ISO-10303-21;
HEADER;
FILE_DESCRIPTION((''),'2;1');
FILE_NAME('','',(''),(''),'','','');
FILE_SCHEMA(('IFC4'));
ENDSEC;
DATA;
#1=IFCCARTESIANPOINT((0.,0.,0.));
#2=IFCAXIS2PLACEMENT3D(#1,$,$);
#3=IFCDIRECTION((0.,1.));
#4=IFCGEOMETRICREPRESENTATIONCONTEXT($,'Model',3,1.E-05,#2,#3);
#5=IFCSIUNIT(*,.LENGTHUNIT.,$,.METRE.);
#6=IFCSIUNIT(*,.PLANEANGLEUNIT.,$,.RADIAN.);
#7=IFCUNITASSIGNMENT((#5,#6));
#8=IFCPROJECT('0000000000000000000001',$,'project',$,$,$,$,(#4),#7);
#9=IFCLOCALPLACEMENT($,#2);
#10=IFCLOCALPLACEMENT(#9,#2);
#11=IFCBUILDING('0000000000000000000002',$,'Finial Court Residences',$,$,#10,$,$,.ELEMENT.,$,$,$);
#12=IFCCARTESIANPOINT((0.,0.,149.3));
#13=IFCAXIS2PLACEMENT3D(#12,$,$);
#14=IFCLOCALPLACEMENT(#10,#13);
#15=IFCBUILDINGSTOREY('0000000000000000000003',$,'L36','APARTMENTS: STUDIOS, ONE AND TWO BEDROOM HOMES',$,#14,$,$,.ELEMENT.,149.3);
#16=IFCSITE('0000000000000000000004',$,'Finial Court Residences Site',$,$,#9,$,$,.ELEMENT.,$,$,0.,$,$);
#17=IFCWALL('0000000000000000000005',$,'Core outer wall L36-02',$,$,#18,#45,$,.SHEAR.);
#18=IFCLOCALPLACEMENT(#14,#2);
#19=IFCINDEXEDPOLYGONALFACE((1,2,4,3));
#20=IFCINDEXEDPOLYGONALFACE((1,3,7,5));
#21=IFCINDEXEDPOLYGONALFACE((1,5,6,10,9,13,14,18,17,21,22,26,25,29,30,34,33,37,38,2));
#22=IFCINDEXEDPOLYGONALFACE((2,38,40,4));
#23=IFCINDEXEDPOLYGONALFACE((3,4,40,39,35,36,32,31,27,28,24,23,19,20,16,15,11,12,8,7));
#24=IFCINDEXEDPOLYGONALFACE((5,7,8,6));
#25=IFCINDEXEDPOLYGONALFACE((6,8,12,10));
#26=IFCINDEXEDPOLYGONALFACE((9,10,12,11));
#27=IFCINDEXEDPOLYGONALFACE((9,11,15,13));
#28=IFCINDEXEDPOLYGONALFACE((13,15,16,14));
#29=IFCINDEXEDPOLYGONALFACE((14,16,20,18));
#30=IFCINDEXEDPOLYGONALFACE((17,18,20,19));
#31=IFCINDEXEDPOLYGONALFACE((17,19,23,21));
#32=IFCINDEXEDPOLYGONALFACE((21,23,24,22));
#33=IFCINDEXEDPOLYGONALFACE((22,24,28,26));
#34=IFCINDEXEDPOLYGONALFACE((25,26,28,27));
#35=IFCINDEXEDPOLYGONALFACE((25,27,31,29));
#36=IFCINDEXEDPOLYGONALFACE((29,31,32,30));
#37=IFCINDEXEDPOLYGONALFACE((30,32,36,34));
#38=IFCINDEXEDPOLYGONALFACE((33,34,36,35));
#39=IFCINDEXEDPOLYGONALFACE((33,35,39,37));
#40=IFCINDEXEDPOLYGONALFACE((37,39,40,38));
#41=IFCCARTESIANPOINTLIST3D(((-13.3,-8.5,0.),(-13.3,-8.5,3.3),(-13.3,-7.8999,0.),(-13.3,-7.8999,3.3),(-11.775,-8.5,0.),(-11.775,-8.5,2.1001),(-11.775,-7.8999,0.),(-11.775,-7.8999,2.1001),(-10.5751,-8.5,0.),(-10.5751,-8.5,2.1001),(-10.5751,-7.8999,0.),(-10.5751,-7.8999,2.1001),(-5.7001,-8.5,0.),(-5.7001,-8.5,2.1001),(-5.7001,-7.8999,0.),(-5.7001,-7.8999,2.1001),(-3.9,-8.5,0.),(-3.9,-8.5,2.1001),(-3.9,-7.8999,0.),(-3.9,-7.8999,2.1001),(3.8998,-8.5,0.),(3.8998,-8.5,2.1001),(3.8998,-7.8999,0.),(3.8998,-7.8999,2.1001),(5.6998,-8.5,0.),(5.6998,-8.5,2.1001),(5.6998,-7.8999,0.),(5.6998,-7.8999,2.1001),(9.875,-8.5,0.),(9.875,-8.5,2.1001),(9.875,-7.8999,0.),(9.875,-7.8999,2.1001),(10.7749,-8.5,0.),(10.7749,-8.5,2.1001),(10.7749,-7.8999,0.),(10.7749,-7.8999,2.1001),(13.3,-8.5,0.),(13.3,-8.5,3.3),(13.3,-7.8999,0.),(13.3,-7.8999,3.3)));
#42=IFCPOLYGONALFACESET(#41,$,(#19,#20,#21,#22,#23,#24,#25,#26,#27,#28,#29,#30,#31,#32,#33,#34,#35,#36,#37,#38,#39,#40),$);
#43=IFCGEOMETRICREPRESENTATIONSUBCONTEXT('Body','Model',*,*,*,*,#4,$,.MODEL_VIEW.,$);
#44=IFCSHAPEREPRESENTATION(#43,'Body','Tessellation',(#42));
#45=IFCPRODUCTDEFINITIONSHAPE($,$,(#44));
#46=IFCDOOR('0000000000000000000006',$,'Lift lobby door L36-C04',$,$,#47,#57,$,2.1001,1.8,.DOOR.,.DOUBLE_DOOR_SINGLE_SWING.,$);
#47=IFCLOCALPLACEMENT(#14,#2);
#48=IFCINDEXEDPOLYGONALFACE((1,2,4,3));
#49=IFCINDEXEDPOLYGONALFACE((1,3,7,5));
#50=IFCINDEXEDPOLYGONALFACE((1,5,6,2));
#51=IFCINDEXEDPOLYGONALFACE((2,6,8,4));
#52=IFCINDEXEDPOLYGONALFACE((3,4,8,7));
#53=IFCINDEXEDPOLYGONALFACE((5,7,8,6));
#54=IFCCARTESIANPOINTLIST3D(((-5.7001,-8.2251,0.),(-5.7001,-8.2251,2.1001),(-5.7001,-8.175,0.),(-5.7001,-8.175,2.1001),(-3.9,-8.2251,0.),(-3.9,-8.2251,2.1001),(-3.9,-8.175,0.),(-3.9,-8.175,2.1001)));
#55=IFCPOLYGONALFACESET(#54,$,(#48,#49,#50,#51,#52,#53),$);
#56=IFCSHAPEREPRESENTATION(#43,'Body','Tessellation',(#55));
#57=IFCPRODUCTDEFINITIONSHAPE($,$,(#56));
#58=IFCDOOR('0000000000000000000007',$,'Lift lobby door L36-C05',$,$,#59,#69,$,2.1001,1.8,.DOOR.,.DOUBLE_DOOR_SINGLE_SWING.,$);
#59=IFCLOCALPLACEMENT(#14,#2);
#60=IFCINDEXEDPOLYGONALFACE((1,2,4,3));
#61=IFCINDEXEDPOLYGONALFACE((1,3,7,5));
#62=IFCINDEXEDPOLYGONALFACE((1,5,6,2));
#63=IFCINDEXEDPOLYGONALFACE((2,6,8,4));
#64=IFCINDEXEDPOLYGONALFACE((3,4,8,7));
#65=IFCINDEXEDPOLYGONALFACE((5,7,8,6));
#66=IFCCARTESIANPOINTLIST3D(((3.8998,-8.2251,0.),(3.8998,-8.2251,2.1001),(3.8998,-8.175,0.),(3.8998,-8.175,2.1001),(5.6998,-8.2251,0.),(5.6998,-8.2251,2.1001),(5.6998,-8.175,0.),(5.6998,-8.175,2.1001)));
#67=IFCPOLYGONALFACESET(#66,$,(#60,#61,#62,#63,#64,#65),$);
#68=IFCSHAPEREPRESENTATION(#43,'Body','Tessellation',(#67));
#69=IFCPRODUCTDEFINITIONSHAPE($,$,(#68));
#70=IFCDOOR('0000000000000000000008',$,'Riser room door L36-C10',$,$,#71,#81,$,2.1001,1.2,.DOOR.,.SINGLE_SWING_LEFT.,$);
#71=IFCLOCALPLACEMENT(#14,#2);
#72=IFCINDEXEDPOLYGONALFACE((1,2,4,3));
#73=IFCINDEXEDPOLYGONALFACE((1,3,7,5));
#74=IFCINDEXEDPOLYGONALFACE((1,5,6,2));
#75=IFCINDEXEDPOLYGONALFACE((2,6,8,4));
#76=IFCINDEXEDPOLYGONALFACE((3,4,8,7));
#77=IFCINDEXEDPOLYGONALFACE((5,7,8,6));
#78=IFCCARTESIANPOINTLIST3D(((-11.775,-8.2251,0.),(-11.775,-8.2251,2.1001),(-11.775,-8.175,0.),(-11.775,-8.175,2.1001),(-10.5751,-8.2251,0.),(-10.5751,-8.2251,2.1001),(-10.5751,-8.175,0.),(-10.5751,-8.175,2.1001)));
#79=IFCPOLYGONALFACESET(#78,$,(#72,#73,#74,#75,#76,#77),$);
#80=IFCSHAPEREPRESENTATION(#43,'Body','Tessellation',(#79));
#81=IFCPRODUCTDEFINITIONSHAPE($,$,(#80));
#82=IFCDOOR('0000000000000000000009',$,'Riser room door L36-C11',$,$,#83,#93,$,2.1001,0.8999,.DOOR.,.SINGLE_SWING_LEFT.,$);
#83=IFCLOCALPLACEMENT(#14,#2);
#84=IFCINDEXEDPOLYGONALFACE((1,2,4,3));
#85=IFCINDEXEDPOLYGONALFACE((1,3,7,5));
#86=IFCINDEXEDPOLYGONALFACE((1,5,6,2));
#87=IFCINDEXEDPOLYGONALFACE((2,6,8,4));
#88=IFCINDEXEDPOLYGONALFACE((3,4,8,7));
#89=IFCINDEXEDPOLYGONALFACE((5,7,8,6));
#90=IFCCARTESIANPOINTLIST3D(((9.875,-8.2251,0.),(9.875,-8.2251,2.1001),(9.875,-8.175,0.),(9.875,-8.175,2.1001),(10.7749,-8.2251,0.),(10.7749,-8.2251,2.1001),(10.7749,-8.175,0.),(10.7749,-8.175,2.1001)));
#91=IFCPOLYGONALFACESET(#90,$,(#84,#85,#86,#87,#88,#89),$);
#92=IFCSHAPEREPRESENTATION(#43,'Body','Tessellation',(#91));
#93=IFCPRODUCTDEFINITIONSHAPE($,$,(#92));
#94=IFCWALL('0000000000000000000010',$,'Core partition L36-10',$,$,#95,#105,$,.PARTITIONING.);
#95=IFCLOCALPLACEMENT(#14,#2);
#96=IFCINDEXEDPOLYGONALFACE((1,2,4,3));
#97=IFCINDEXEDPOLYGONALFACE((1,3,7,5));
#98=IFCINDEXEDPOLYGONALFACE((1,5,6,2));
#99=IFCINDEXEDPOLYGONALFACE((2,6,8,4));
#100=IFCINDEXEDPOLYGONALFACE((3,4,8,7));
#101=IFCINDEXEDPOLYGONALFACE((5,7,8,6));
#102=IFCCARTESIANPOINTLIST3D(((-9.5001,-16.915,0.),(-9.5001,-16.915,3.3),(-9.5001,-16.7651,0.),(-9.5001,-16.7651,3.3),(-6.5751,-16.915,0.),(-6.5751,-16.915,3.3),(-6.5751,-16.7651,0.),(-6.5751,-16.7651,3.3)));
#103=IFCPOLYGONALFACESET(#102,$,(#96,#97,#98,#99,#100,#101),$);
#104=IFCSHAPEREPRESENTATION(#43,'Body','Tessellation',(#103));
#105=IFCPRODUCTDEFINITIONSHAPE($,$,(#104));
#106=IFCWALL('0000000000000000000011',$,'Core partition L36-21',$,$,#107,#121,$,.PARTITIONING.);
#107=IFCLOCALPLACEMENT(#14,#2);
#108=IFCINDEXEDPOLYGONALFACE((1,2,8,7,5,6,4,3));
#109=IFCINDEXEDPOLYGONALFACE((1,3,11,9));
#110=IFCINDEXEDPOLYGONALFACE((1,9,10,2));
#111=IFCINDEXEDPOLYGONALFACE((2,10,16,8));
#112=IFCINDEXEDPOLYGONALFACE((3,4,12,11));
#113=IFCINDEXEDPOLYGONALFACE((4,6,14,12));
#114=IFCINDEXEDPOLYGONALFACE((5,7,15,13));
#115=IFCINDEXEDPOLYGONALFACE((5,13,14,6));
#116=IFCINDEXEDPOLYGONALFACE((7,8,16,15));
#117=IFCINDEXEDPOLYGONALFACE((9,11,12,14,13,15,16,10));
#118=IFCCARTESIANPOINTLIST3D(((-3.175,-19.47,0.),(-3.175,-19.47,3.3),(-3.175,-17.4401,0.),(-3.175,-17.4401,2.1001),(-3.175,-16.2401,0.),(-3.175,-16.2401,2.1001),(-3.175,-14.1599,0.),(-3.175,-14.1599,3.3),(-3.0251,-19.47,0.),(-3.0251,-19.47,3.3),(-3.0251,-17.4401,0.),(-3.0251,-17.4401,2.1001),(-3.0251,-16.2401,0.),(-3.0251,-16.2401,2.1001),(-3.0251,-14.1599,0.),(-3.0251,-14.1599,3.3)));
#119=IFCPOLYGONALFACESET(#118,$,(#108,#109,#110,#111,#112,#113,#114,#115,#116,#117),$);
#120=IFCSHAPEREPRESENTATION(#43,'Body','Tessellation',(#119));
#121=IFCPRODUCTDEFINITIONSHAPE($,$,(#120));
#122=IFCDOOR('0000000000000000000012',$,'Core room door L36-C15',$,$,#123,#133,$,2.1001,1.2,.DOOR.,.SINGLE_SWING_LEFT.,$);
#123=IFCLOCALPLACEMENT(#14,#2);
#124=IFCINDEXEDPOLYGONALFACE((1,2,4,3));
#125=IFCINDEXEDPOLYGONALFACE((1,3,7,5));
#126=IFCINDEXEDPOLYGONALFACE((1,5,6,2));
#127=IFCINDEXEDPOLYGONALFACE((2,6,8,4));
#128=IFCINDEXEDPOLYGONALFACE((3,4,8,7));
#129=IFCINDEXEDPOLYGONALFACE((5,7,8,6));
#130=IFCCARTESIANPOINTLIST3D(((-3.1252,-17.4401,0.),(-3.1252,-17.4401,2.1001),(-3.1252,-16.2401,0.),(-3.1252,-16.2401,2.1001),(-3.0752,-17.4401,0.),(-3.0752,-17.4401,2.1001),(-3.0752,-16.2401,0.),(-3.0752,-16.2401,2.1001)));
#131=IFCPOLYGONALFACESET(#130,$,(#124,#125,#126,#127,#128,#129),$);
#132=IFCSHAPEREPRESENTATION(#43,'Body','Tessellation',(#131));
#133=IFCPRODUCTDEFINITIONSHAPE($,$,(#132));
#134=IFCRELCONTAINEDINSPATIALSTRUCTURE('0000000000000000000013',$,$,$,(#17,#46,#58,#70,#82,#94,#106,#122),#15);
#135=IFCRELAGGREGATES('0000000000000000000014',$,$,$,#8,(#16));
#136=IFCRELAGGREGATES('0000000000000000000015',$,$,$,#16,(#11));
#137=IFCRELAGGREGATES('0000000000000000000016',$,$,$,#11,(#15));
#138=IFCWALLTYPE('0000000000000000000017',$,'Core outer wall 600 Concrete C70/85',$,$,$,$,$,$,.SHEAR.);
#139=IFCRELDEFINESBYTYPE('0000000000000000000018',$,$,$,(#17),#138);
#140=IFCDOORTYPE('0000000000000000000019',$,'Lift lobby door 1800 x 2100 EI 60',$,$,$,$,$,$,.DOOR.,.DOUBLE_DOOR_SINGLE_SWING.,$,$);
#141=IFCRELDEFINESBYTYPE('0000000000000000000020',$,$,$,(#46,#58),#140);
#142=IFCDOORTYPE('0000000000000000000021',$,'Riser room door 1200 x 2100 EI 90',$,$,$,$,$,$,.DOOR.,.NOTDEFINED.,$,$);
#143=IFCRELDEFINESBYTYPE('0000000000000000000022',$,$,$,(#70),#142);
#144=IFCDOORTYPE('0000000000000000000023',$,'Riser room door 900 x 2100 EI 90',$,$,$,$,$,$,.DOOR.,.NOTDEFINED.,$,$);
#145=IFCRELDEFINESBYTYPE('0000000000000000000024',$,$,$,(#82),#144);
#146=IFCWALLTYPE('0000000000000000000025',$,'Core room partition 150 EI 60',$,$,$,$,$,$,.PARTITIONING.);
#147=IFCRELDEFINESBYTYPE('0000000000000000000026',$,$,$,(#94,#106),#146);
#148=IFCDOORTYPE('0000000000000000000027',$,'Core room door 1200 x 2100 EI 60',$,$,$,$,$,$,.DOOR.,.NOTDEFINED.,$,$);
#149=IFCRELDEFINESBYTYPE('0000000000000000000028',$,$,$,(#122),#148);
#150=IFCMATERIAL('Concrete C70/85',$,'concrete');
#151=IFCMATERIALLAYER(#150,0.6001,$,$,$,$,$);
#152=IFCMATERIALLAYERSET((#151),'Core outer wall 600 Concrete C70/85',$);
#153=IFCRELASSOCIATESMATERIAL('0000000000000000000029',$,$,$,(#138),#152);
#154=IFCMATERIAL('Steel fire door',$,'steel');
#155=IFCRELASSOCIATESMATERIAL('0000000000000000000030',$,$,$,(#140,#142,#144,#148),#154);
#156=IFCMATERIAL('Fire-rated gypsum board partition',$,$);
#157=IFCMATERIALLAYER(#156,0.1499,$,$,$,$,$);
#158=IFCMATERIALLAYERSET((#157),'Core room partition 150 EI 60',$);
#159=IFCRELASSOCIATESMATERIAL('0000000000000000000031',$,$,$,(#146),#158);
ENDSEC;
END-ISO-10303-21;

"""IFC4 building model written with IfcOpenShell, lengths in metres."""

from ifc_helpers import new_model, si_unit, direction, frame, frame_2d, origin, place, context, subcontext, project, spatial, rectangle, extrude, material, layer, layer_set, type_object, element, fill, save


model = new_model("IFC4")

# Units and contexts
model_context = context("Model", 3, precision=1e-05, world=origin(), true_north=direction((0.0, 1.0)))
body_context = subcontext(model_context, "Body", "Model", "MODEL_VIEW")
ifc_project = project(units=[si_unit("LENGTHUNIT", "METRE"), si_unit("PLANEANGLEUNIT", "RADIAN")], contexts=[model_context])

# Site, building, storey
site_placement = place(None, origin())
site = spatial("IfcSite", under=ifc_project, at=site_placement, Name="Finial Court Residences Site", CompositionType="ELEMENT", RefElevation=0.0)
building_placement = place(site_placement, origin())
building = spatial("IfcBuilding", under=site, at=building_placement, Name="Finial Court Residences", CompositionType="ELEMENT")
storey_placement = place(building_placement, frame((0.0, 0.0, 149.3)))
storey = spatial("IfcBuildingStorey", under=building, at=storey_placement, Name="L36", Description="APARTMENTS: STUDIOS, ONE AND TWO BEDROOM HOMES", CompositionType="ELEMENT", Elevation=149.3)

# Wall, openings, doors
ifc_material_1 = material(Name="Concrete C70/85", Category="concrete")
ifc_layer_1 = layer(ifc_material_1, 0.6001)
ifc_layer_set_1 = layer_set([ifc_layer_1], Name="Core outer wall 600 Concrete C70/85")
wall_type_1 = type_object("IfcWallType", Name="Core outer wall 600 Concrete C70/85", PredefinedType="SHEAR", material=ifc_layer_set_1)
wall_1_placement = place(storey_placement, frame((-13.3, -8.2, 0.0), z_axis=(0.0, 0.0, 1.0), x_axis=(1.0, 0.0, 0.0)))
wall_1 = element("IfcWall", 1, at=wall_1_placement, inside=storey, type_object=wall_type_1, Name="Core outer wall L36-02", PredefinedType="SHEAR", context=body_context, shape_type="SweptSolid", body=[
    extrude(rectangle(XDim=26.6001, YDim=0.6001, at=frame_2d((13.3, 0.0))), origin(), (0.0, 0.0, 1.0), 3.3),
])
opening_1_placement = place(wall_1_placement, frame((7.6001, 0.0, 0.0)))
opening_1 = element("IfcOpeningElement", 2, at=opening_1_placement, cuts=wall_1, PredefinedType="OPENING", context=body_context, shape_type="SweptSolid", body=[
    extrude(rectangle(XDim=1.8, YDim=2.1001, at=frame_2d((0.8999, 1.05))), frame((0.0, 0.3101, 0.0), z_axis=(0.0, -1.0, 0.0), x_axis=(1.0, 0.0, 0.0)), (0.0, 0.0, 1.0), 0.6201),
])
opening_2_placement = place(wall_1_placement, frame((17.2, 0.0, 0.0)))
opening_2 = element("IfcOpeningElement", 3, at=opening_2_placement, cuts=wall_1, PredefinedType="OPENING", context=body_context, shape_type="SweptSolid", body=[
    extrude(rectangle(XDim=1.8, YDim=2.1001, at=frame_2d((0.8999, 1.05))), frame((0.0, 0.3101, 0.0), z_axis=(0.0, -1.0, 0.0), x_axis=(1.0, 0.0, 0.0)), (0.0, 0.0, 1.0), 0.6201),
])
opening_3_placement = place(wall_1_placement, frame((1.5249, 0.0, 0.0)))
opening_3 = element("IfcOpeningElement", 4, at=opening_3_placement, cuts=wall_1, PredefinedType="OPENING", context=body_context, shape_type="SweptSolid", body=[
    extrude(rectangle(XDim=1.2, YDim=2.1001, at=frame_2d((0.6001, 1.05))), frame((0.0, 0.3101, 0.0), z_axis=(0.0, -1.0, 0.0), x_axis=(1.0, 0.0, 0.0)), (0.0, 0.0, 1.0), 0.6201),
])
opening_4_placement = place(wall_1_placement, frame((23.175, 0.0, 0.0)))
opening_4 = element("IfcOpeningElement", 5, at=opening_4_placement, cuts=wall_1, PredefinedType="OPENING", context=body_context, shape_type="SweptSolid", body=[
    extrude(rectangle(XDim=0.8999, YDim=2.1001, at=frame_2d((0.45, 1.05))), frame((0.0, 0.3101, 0.0), z_axis=(0.0, -1.0, 0.0), x_axis=(1.0, 0.0, 0.0)), (0.0, 0.0, 1.0), 0.6201),
])
ifc_material_2 = material(Name="Steel fire door", Category="steel")
door_type_1 = type_object("IfcDoorType", Name="Lift lobby door 1800 x 2100 EI 60", OperationType="DOUBLE_DOOR_SINGLE_SWING", PredefinedType="DOOR", material=ifc_material_2)
door_1_placement = place(opening_1_placement, origin())
door_1 = element("IfcDoor", 6, at=door_1_placement, inside=storey, type_object=door_type_1, Name="Lift lobby door L36-C04", OperationType="DOUBLE_DOOR_SINGLE_SWING", OverallHeight=2.1001, OverallWidth=1.8, PredefinedType="DOOR", context=body_context, shape_type="SweptSolid", body=[
    extrude(rectangle(XDim=1.8, YDim=2.1001, at=frame_2d((0.8999, 1.05))), frame((0.0, 0.0249, 0.0), z_axis=(0.0, -1.0, 0.0), x_axis=(1.0, 0.0, 0.0)), (0.0, 0.0, 1.0), 0.05),
])
fill(opening_1, door_1)
door_2_placement = place(opening_2_placement, origin())
door_2 = element("IfcDoor", 7, at=door_2_placement, inside=storey, type_object=door_type_1, Name="Lift lobby door L36-C05", OperationType="DOUBLE_DOOR_SINGLE_SWING", OverallHeight=2.1001, OverallWidth=1.8, PredefinedType="DOOR", context=body_context, shape_type="SweptSolid", body=[
    extrude(rectangle(XDim=1.8, YDim=2.1001, at=frame_2d((0.8999, 1.05))), frame((0.0, 0.0249, 0.0), z_axis=(0.0, -1.0, 0.0), x_axis=(1.0, 0.0, 0.0)), (0.0, 0.0, 1.0), 0.05),
])
fill(opening_2, door_2)
door_type_2 = type_object("IfcDoorType", Name="Riser room door 1200 x 2100 EI 90", OperationType="NOTDEFINED", PredefinedType="DOOR", material=ifc_material_2)
door_3_placement = place(opening_3_placement, origin())
door_3 = element("IfcDoor", 8, at=door_3_placement, inside=storey, type_object=door_type_2, Name="Riser room door L36-C10", OperationType="SINGLE_SWING_LEFT", OverallHeight=2.1001, OverallWidth=1.2, PredefinedType="DOOR", context=body_context, shape_type="SweptSolid", body=[
    extrude(rectangle(XDim=1.2, YDim=2.1001, at=frame_2d((0.6001, 1.05))), frame((0.0, 0.0249, 0.0), z_axis=(0.0, -1.0, 0.0), x_axis=(1.0, 0.0, 0.0)), (0.0, 0.0, 1.0), 0.05),
])
fill(opening_3, door_3)
door_type_3 = type_object("IfcDoorType", Name="Riser room door 900 x 2100 EI 90", OperationType="NOTDEFINED", PredefinedType="DOOR", material=ifc_material_2)
door_4_placement = place(opening_4_placement, origin())
door_4 = element("IfcDoor", 9, at=door_4_placement, inside=storey, type_object=door_type_3, Name="Riser room door L36-C11", OperationType="SINGLE_SWING_LEFT", OverallHeight=2.1001, OverallWidth=0.8999, PredefinedType="DOOR", context=body_context, shape_type="SweptSolid", body=[
    extrude(rectangle(XDim=0.8999, YDim=2.1001, at=frame_2d((0.45, 1.05))), frame((0.0, 0.0249, 0.0), z_axis=(0.0, -1.0, 0.0), x_axis=(1.0, 0.0, 0.0)), (0.0, 0.0, 1.0), 0.05),
])
fill(opening_4, door_4)

# Wall
ifc_material_3 = material(Name="Fire-rated gypsum board partition")
ifc_layer_2 = layer(ifc_material_3, 0.1499)
ifc_layer_set_2 = layer_set([ifc_layer_2], Name="Core room partition 150 EI 60")
wall_type_2 = type_object("IfcWallType", Name="Core room partition 150 EI 60", PredefinedType="PARTITIONING", material=ifc_layer_set_2)
wall_2_placement = place(storey_placement, frame((-9.5, -16.8401, 0.0), z_axis=(0.0, 0.0, 1.0), x_axis=(1.0, 0.0, 0.0)))
element("IfcWall", 10, at=wall_2_placement, inside=storey, type_object=wall_type_2, Name="Core partition L36-10", PredefinedType="PARTITIONING", context=body_context, shape_type="SweptSolid", body=[
    extrude(rectangle(XDim=2.925, YDim=0.1499, at=frame_2d((1.4624, 0.0))), origin(), (0.0, 0.0, 1.0), 3.3),
])

# Wall, opening, door
wall_3_placement = place(storey_placement, frame((-3.1001, -14.1599, 0.0), z_axis=(0.0, 0.0, 1.0), x_axis=(0.0, -1.0, 0.0)))
wall_3 = element("IfcWall", 11, at=wall_3_placement, inside=storey, type_object=wall_type_2, Name="Core partition L36-21", PredefinedType="PARTITIONING", context=body_context, shape_type="SweptSolid", body=[
    extrude(rectangle(XDim=5.3101, YDim=0.1499, at=frame_2d((2.655, 0.0))), origin(), (0.0, 0.0, 1.0), 3.3),
])
opening_5_placement = place(wall_3_placement, frame((2.0801, 0.0, 0.0)))
opening_5 = element("IfcOpeningElement", 12, at=opening_5_placement, cuts=wall_3, PredefinedType="OPENING", context=body_context, shape_type="SweptSolid", body=[
    extrude(rectangle(XDim=1.2, YDim=2.1001, at=frame_2d((0.6001, 1.05))), frame((0.0, 0.085, 0.0), z_axis=(0.0, -1.0, 0.0), x_axis=(1.0, 0.0, 0.0)), (0.0, 0.0, 1.0), 0.1699),
])
door_type_4 = type_object("IfcDoorType", Name="Core room door 1200 x 2100 EI 60", OperationType="NOTDEFINED", PredefinedType="DOOR", material=ifc_material_2)
door_5_placement = place(opening_5_placement, origin())
door_5 = element("IfcDoor", 13, at=door_5_placement, inside=storey, type_object=door_type_4, Name="Core room door L36-C15", OperationType="SINGLE_SWING_LEFT", OverallHeight=2.1001, OverallWidth=1.2, PredefinedType="DOOR", context=body_context, shape_type="SweptSolid", body=[
    extrude(rectangle(XDim=1.2, YDim=2.1001, at=frame_2d((0.6001, 1.05))), frame((0.0, 0.0249, 0.0), z_axis=(0.0, -1.0, 0.0), x_axis=(1.0, 0.0, 0.0)), (0.0, 0.0, 1.0), 0.05),
])
fill(opening_5, door_5)

save(model, "model.ifc")
